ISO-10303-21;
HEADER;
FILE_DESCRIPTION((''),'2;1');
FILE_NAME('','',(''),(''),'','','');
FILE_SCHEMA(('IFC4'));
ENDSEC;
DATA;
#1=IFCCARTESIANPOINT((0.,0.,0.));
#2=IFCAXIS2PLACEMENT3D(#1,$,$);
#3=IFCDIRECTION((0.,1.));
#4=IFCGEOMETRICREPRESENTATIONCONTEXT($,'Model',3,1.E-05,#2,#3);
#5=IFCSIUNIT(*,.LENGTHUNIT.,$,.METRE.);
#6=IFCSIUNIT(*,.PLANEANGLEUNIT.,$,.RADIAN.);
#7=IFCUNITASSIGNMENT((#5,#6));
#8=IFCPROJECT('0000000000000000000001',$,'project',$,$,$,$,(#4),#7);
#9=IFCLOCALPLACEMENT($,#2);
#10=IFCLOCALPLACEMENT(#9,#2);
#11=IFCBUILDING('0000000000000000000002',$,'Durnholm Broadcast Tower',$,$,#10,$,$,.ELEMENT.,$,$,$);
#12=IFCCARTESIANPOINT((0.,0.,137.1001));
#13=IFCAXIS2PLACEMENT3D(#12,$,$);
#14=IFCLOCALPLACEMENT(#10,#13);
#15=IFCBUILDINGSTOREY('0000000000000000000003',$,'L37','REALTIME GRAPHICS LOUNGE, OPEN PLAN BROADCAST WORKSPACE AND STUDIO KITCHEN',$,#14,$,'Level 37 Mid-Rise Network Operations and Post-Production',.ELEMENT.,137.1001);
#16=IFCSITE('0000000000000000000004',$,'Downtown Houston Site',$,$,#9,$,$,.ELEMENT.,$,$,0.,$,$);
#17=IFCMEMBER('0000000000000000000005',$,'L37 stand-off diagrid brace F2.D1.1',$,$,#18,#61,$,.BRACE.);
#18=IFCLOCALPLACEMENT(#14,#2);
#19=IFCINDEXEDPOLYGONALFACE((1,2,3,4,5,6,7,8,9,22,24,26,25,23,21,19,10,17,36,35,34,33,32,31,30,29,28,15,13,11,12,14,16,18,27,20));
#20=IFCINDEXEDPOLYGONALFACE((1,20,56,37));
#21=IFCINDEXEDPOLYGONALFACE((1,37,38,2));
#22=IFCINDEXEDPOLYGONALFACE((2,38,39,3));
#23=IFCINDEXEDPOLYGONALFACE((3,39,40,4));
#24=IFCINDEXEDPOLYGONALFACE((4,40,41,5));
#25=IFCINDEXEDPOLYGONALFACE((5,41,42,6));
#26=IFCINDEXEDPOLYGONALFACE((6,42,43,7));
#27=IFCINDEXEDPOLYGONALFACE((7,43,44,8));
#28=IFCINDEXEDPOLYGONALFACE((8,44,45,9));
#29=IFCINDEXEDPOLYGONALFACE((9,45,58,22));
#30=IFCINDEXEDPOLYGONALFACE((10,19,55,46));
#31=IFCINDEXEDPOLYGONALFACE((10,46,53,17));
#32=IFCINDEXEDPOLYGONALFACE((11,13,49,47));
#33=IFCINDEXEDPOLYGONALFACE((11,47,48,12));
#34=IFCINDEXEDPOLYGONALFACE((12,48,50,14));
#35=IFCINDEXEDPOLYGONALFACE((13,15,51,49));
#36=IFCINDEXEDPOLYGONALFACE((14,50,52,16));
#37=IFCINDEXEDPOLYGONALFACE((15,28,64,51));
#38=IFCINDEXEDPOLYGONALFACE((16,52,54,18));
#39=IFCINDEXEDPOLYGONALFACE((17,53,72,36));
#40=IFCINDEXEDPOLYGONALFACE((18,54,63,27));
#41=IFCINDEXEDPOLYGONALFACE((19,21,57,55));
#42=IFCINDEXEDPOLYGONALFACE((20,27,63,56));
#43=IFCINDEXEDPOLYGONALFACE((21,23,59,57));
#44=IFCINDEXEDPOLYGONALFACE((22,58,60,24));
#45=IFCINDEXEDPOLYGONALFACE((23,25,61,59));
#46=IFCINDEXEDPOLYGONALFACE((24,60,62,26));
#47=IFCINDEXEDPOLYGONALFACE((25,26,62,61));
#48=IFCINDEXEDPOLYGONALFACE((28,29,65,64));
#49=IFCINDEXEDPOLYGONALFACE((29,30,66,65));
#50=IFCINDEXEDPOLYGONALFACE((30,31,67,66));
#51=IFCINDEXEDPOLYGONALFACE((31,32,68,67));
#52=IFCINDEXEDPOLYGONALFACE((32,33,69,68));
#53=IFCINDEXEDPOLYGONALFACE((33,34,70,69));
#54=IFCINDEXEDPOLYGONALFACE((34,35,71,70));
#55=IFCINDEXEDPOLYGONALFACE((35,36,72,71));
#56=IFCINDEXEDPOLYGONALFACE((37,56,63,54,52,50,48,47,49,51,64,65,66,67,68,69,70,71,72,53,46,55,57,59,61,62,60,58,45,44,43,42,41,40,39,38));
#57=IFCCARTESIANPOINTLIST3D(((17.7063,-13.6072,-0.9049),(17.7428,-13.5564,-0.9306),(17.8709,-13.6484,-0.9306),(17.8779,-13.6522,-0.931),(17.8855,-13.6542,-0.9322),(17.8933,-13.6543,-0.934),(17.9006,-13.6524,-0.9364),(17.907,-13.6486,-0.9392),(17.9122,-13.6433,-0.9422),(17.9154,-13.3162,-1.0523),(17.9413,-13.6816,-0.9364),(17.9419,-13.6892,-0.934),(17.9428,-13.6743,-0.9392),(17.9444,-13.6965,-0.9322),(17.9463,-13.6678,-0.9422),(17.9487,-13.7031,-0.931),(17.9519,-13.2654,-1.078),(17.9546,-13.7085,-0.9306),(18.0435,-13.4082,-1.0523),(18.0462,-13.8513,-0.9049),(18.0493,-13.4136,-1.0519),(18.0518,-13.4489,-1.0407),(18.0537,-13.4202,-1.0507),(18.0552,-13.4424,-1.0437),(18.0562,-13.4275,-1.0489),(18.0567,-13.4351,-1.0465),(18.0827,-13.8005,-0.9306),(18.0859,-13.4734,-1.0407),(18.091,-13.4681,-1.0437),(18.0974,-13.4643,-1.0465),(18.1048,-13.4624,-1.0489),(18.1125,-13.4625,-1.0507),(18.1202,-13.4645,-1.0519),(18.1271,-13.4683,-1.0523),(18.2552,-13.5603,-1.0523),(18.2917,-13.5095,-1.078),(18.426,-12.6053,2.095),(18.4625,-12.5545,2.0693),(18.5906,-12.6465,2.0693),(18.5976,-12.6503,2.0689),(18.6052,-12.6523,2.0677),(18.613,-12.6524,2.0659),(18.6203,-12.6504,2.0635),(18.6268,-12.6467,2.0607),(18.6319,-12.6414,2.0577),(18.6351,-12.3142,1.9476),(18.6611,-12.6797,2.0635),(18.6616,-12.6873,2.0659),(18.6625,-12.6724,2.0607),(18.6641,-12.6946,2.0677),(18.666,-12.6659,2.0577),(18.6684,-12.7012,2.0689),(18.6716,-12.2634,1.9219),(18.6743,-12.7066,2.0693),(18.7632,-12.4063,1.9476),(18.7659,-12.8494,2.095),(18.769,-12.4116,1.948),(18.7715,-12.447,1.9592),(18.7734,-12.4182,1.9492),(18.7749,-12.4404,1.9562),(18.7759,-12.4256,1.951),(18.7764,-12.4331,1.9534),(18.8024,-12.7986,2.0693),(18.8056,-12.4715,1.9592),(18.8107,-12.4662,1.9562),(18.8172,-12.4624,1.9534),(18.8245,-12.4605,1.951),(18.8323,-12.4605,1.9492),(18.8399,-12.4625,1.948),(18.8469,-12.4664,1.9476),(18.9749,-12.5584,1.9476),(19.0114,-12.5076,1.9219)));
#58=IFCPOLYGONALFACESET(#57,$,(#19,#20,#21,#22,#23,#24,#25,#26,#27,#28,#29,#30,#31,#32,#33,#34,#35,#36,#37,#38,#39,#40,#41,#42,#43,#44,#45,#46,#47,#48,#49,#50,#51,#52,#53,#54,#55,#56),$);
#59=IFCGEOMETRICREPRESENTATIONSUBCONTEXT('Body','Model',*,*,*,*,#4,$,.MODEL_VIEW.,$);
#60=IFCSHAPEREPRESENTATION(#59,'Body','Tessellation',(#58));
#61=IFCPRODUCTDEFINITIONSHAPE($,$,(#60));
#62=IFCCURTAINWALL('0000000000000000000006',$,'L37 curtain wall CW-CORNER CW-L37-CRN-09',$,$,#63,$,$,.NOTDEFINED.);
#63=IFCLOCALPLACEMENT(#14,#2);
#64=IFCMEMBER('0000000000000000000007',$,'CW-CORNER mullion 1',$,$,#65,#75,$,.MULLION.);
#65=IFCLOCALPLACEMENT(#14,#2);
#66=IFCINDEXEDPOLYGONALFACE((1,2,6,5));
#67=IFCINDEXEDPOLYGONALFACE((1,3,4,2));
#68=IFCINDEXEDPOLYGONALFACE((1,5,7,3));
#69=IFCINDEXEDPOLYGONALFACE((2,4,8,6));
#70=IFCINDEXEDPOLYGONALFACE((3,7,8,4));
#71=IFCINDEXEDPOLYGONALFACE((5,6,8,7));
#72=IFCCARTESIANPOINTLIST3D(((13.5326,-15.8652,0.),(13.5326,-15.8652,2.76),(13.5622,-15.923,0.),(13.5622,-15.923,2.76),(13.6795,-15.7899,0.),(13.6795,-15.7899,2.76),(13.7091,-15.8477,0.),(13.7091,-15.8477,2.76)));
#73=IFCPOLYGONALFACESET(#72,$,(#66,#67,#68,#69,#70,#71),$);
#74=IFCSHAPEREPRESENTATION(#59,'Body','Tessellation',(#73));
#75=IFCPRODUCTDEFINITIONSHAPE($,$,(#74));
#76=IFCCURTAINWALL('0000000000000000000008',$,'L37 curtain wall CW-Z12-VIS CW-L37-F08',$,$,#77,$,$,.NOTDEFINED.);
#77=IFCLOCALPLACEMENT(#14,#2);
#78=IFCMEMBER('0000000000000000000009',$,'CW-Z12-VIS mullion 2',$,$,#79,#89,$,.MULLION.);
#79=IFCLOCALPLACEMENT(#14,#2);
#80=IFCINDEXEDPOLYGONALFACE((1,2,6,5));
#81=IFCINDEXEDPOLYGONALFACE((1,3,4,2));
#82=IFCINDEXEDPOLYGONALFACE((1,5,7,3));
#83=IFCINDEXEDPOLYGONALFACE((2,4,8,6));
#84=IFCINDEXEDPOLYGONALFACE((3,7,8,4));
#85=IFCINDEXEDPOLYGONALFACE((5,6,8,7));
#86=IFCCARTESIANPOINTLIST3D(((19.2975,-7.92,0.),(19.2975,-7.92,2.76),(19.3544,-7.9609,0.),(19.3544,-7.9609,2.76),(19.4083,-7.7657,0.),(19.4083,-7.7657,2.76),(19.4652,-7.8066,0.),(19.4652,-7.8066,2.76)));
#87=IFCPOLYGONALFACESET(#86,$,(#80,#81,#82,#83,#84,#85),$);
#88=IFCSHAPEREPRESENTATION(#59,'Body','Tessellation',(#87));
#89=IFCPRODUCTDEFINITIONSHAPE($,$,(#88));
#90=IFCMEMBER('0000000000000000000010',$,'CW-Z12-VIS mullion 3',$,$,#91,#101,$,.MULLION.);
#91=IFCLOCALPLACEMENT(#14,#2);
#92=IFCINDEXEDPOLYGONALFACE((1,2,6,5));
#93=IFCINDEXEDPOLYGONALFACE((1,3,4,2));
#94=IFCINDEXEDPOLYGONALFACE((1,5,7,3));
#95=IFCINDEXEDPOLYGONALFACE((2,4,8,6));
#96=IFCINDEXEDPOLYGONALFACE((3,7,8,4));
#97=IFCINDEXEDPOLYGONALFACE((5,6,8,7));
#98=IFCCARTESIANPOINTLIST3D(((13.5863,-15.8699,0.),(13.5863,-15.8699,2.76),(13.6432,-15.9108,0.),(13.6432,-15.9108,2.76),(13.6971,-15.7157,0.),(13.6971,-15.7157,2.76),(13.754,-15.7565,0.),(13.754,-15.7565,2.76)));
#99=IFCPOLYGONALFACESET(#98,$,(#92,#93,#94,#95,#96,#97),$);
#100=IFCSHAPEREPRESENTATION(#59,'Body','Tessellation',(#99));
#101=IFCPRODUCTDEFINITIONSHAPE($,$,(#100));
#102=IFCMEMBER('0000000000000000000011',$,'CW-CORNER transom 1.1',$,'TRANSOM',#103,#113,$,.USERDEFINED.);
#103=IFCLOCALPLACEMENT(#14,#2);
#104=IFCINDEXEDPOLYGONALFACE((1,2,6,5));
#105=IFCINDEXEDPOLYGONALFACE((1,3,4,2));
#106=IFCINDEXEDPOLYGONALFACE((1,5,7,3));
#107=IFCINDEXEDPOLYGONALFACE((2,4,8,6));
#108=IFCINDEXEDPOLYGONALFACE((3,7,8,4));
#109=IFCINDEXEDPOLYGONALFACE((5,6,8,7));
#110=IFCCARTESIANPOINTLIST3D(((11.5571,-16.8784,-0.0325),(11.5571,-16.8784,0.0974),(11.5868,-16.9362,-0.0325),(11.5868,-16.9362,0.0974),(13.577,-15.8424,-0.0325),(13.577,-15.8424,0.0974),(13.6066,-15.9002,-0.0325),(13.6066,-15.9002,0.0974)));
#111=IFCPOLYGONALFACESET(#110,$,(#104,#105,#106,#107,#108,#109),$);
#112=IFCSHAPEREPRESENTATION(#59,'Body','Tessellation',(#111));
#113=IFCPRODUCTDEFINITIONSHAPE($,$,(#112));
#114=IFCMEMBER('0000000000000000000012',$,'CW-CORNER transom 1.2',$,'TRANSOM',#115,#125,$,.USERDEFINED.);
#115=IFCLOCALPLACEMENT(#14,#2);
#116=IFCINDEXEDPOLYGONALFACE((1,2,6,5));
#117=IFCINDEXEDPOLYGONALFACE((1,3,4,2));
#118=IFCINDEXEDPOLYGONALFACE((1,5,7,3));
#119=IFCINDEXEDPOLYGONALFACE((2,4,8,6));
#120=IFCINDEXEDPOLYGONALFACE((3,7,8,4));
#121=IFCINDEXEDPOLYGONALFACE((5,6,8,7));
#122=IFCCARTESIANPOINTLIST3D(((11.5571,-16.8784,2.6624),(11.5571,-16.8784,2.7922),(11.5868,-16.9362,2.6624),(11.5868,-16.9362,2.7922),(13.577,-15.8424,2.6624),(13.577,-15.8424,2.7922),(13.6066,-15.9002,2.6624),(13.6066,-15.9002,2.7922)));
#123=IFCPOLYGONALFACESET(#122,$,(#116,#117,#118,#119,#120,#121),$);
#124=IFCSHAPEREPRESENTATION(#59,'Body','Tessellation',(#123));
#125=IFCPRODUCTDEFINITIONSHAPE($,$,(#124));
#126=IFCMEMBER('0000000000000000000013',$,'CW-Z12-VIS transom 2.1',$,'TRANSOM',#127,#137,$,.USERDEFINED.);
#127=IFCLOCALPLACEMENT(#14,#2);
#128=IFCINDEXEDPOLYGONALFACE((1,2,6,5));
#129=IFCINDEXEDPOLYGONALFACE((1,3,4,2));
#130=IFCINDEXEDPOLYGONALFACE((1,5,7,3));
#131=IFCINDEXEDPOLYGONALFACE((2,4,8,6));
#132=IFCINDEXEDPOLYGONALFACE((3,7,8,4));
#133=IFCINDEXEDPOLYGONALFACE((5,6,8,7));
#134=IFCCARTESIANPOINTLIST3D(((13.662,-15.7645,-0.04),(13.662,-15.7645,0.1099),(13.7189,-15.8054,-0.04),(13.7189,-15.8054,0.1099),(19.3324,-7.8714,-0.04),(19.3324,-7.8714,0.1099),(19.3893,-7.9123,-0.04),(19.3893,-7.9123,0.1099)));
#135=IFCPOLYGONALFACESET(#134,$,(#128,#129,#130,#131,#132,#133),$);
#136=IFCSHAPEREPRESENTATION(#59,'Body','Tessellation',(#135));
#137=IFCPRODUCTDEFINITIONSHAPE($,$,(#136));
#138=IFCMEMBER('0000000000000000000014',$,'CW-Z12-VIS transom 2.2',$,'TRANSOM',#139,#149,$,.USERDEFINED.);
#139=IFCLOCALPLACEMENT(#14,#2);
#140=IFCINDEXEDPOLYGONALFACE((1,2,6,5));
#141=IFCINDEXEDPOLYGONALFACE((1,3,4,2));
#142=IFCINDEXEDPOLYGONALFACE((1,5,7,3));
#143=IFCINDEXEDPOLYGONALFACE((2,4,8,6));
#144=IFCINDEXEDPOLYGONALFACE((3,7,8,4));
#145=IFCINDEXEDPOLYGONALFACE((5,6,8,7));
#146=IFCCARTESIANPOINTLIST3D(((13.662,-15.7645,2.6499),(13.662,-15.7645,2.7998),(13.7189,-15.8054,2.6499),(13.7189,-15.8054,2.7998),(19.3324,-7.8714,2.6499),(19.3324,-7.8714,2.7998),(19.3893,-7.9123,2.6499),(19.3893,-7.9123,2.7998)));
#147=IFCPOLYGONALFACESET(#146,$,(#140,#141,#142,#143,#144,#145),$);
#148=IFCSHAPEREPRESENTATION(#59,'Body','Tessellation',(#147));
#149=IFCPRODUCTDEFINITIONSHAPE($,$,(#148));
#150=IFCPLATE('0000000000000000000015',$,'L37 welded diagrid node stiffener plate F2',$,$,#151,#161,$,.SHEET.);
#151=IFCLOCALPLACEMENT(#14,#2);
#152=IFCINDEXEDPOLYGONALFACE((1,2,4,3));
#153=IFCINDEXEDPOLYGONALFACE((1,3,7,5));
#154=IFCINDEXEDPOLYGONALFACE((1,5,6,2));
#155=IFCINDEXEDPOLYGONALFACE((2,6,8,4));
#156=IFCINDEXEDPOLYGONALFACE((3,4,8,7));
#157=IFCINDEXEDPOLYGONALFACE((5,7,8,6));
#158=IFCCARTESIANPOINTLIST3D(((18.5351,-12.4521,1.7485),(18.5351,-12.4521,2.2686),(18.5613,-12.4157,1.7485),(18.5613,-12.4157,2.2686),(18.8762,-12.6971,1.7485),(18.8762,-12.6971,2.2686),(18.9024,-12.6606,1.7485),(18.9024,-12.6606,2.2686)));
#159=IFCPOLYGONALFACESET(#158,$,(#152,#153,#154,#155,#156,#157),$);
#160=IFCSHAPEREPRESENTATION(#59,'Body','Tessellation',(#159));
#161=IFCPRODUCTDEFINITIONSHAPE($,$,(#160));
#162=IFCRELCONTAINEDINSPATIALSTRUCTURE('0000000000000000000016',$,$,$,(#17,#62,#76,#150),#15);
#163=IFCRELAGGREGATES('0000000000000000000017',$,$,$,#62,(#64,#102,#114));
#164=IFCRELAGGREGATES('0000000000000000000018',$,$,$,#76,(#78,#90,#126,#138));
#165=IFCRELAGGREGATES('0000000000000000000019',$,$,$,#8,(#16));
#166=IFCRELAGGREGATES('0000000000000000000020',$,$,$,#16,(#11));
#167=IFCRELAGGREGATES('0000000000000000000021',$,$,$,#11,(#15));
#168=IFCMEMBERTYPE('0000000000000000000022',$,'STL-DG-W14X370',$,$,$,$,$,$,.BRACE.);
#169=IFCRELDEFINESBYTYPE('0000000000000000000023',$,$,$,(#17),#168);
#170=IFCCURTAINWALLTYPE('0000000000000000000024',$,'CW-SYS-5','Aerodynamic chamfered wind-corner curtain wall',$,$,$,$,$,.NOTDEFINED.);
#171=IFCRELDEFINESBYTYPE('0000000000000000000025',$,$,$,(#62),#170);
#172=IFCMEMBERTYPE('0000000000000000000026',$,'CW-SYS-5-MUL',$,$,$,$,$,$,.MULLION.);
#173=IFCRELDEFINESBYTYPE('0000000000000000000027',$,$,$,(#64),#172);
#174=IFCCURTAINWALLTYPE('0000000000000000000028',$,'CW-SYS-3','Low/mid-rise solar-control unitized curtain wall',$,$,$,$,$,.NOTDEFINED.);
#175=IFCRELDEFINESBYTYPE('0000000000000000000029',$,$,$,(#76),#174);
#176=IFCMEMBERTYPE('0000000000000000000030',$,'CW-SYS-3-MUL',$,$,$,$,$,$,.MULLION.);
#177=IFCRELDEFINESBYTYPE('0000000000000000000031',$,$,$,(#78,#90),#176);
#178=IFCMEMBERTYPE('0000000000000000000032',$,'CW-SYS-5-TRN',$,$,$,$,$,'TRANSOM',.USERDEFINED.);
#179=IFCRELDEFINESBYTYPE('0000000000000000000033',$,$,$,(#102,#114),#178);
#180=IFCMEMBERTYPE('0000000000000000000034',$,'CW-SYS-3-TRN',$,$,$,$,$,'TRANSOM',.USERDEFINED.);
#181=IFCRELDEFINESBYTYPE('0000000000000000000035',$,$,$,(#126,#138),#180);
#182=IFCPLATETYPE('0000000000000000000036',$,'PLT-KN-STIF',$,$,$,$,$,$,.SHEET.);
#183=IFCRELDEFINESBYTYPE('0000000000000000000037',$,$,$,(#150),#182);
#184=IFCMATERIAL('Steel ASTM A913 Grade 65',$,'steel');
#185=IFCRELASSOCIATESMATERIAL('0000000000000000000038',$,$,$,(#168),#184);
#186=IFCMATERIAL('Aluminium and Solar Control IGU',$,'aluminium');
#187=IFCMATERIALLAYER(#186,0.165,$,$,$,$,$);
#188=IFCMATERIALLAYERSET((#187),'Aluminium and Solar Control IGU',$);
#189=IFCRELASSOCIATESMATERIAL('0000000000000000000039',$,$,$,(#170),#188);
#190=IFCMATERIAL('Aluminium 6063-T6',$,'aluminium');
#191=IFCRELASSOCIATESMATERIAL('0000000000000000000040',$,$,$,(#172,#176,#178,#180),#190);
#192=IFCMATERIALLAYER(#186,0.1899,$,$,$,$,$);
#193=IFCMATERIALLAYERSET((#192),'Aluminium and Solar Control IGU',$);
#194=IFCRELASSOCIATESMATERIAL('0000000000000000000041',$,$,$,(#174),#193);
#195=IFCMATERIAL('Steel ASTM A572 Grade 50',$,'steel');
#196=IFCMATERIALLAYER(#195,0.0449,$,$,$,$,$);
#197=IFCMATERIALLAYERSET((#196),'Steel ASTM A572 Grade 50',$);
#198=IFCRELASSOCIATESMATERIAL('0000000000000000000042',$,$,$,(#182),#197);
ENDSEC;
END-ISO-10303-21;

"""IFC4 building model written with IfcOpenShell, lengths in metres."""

from ifc_helpers import new_model, si_unit, direction, frame, origin, origin_2d, place, context, subcontext, project, spatial, rectangle, i_section, extrude, source, transform, mapped, material, layer, layer_set, material_profile, profile_set, type_object, type_shapes, element, aggregate, save


model = new_model("IFC4")

# Units and contexts
model_context = context("Model", 3, precision=1e-05, world=origin(), true_north=direction((0.0, 1.0)))
body_context = subcontext(model_context, "Body", "Model", "MODEL_VIEW")
ifc_project = project(units=[si_unit("LENGTHUNIT", "METRE"), si_unit("PLANEANGLEUNIT", "RADIAN")], contexts=[model_context])

# Site, building, storey
site_placement = place(None, origin())
site = spatial("IfcSite", under=ifc_project, at=site_placement, Name="Downtown Houston Site", CompositionType="ELEMENT", RefElevation=0.0)
building_placement = place(site_placement, origin())
building = spatial("IfcBuilding", under=site, at=building_placement, Name="Durnholm Broadcast Tower", CompositionType="ELEMENT")
storey_placement = place(building_placement, frame((0.0, 0.0, 137.1001)))
storey = spatial("IfcBuildingStorey", under=building, at=storey_placement, Name="L37", Description="REALTIME GRAPHICS LOUNGE, OPEN PLAN BROADCAST WORKSPACE AND STUDIO KITCHEN", LongName="Level 37 Mid-Rise Network Operations and Post-Production", CompositionType="ELEMENT", Elevation=137.1001)

# Member
ifc_material_1 = material(Name="Steel ASTM A913 Grade 65", Category="steel")
ifc_material_profile_1 = material_profile(ifc_material_1, i_section(OverallWidth=0.4185, OverallDepth=0.4551, WebThickness=0.042, FlangeThickness=0.0676, FilletRadius=0.0305, at=origin_2d()), Name="W14X370")
ifc_profile_set_1 = profile_set([ifc_material_profile_1], Name="Steel ASTM A913 Grade 65")
member_type_1 = type_object("IfcMemberType", Name="STL-DG-W14X370", PredefinedType="BRACE", material=ifc_profile_set_1)
shared_shape_1 = source(origin(), body_context, "Body", "SweptSolid", [
    extrude(i_section(OverallWidth=0.4185, OverallDepth=0.4551, WebThickness=0.042, FlangeThickness=0.0676, FilletRadius=0.0305, at=origin_2d()), origin(), (0.0, 0.0, 1.0), 3.2437),
])
member_1_placement = place(storey_placement, frame((17.999, -13.5583, -0.9915), z_axis=(0.221881, 0.308887, 0.924855), x_axis=(-0.812179, 0.583408, 0.0)))
element("IfcMember", 1, at=member_1_placement, inside=storey, type_object=member_type_1, Name="L37 stand-off diagrid brace F2.D1.1", PredefinedType="BRACE", context=body_context, shape_type="MappedRepresentation", body=[
    mapped(shared_shape_1, transform((0.0, 0.0, 0.0), x_axis=(1.0, 0.0, 0.0), y_axis=(0.0, 1.0, 0.0), z_axis=(0.0, 0.0, 1.0), scale=1.0)),
])

# Curtain wall, member
ifc_material_2 = material(Name="Aluminium and Solar Control IGU", Category="aluminium")
ifc_layer_1 = layer(ifc_material_2, 0.165)
ifc_layer_set_1 = layer_set([ifc_layer_1], Name="Aluminium and Solar Control IGU")
curtain_wall_type_1 = type_object("IfcCurtainWallType", Name="CW-SYS-5", Description="Aerodynamic chamfered wind-corner curtain wall", PredefinedType="NOTDEFINED", material=ifc_layer_set_1)
curtain_wall_1_placement = place(storey_placement, origin())
curtain_wall_1 = element("IfcCurtainWall", 2, at=curtain_wall_1_placement, inside=storey, type_object=curtain_wall_type_1, Name="L37 curtain wall CW-CORNER CW-L37-CRN-09", PredefinedType="NOTDEFINED")
ifc_material_3 = material(Name="Aluminium 6063-T6", Category="aluminium")
ifc_material_profile_2 = material_profile(ifc_material_3, rectangle(XDim=0.0649, YDim=0.165, at=origin_2d()), Name="CWM65X165")
ifc_profile_set_2 = profile_set([ifc_material_profile_2], Name="Aluminium 6063-T6")
member_type_2 = type_object("IfcMemberType", Name="CW-SYS-5-MUL", PredefinedType="MULLION", material=ifc_profile_set_2)
shared_shape_2 = source(origin(), body_context, "Body", "SweptSolid", [
    extrude(rectangle(XDim=0.0649, YDim=0.165, at=origin_2d()), origin(), (0.0, 0.0, 1.0), 2.76),
])
type_shapes(member_type_2, [shared_shape_2])
member_2_placement = place(storey_placement, frame((13.6208, -15.8564, 0.0), z_axis=(0.0, 0.0, 1.0), x_axis=(0.456373, -0.889788, 0.0)))
member_2 = element("IfcMember", 3, at=member_2_placement, type_object=member_type_2, Name="CW-CORNER mullion 1", PredefinedType="MULLION", context=body_context, shape_type="MappedRepresentation", body=[
    mapped(shared_shape_2, transform((0.0, 0.0, 0.0), x_axis=(1.0, 0.0, 0.0), y_axis=(0.0, 1.0, 0.0), z_axis=(0.0, 0.0, 1.0), scale=1.0)),
])

# Curtain wall, members
ifc_layer_2 = layer(ifc_material_2, 0.1899)
ifc_layer_set_2 = layer_set([ifc_layer_2], Name="Aluminium and Solar Control IGU")
curtain_wall_type_2 = type_object("IfcCurtainWallType", Name="CW-SYS-3", Description="Low/mid-rise solar-control unitized curtain wall", PredefinedType="NOTDEFINED", material=ifc_layer_set_2)
curtain_wall_2_placement = place(storey_placement, origin())
curtain_wall_2 = element("IfcCurtainWall", 4, at=curtain_wall_2_placement, inside=storey, type_object=curtain_wall_type_2, Name="L37 curtain wall CW-Z12-VIS CW-L37-F08", PredefinedType="NOTDEFINED")
ifc_material_profile_3 = material_profile(ifc_material_3, rectangle(XDim=0.0701, YDim=0.1899, at=origin_2d()), Name="CWM70X190")
ifc_profile_set_3 = profile_set([ifc_material_profile_3], Name="Aluminium 6063-T6")
member_type_3 = type_object("IfcMemberType", Name="CW-SYS-3-MUL", PredefinedType="MULLION", material=ifc_profile_set_3)
shared_shape_3 = source(origin(), body_context, "Body", "SweptSolid", [
    extrude(rectangle(XDim=0.0701, YDim=0.1899, at=origin_2d()), origin(), (0.0, 0.0, 1.0), 2.76),
])
type_shapes(member_type_3, [shared_shape_3])
member_3_placement = place(storey_placement, frame((19.3813, -7.8633, 0.0), z_axis=(0.0, 0.0, 1.0), x_axis=(0.812152, -0.583445, 0.0)))
member_3 = element("IfcMember", 5, at=member_3_placement, type_object=member_type_3, Name="CW-Z12-VIS mullion 2", PredefinedType="MULLION", context=body_context, shape_type="MappedRepresentation", body=[
    mapped(shared_shape_3, transform((0.0, 0.0, 0.0), x_axis=(1.0, 0.0, 0.0), y_axis=(0.0, 1.0, 0.0), z_axis=(0.0, 0.0, 1.0), scale=1.0)),
])
member_4_placement = place(storey_placement, frame((13.6702, -15.8132, 0.0), z_axis=(0.0, 0.0, 1.0), x_axis=(0.812152, -0.583445, 0.0)))
member_4 = element("IfcMember", 6, at=member_4_placement, type_object=member_type_3, Name="CW-Z12-VIS mullion 3", PredefinedType="MULLION", context=body_context, shape_type="MappedRepresentation", body=[
    mapped(shared_shape_3, transform((0.0, 0.0, 0.0), x_axis=(1.0, 0.0, 0.0), y_axis=(0.0, 1.0, 0.0), z_axis=(0.0, 0.0, 1.0), scale=1.0)),
])

# Members
ifc_material_profile_4 = material_profile(ifc_material_3, rectangle(XDim=0.0649, YDim=0.1299, at=origin_2d()), Name="CWT65X130")
ifc_profile_set_4 = profile_set([ifc_material_profile_4], Name="Aluminium 6063-T6")
member_type_4 = type_object("IfcMemberType", Name="CW-SYS-5-TRN", ElementType="TRANSOM", PredefinedType="USERDEFINED", material=ifc_profile_set_4)
shared_shape_4 = source(origin(), body_context, "Body", "SweptSolid", [
    extrude(rectangle(XDim=0.0649, YDim=0.1299, at=origin_2d()), origin(), (0.0, 0.0, 1.0), 2.27),
])
type_shapes(member_type_4, [shared_shape_4])
member_5_placement = place(storey_placement, frame((13.5918, -15.8713, 0.0325), z_axis=(-0.889798, -0.456354, 0.0), x_axis=(0.456354, -0.889798, 0.0)))
member_5 = element("IfcMember", 7, at=member_5_placement, type_object=member_type_4, Name="CW-CORNER transom 1.1", ObjectType="TRANSOM", PredefinedType="USERDEFINED", context=body_context, shape_type="MappedRepresentation", body=[
    mapped(shared_shape_4, transform((0.0, 0.0, 0.0), x_axis=(1.0, 0.0, 0.0), y_axis=(0.0, 1.0, 0.0), z_axis=(0.0, 0.0, 1.0), scale=1.0)),
])
member_6_placement = place(storey_placement, frame((13.5918, -15.8713, 2.7273), z_axis=(-0.889798, -0.456354, 0.0), x_axis=(0.456354, -0.889798, 0.0)))
member_6 = element("IfcMember", 8, at=member_6_placement, type_object=member_type_4, Name="CW-CORNER transom 1.2", ObjectType="TRANSOM", PredefinedType="USERDEFINED", context=body_context, shape_type="MappedRepresentation", body=[
    mapped(shared_shape_4, transform((0.0, 0.0, 0.0), x_axis=(1.0, 0.0, 0.0), y_axis=(0.0, 1.0, 0.0), z_axis=(0.0, 0.0, 1.0), scale=1.0)),
])
aggregate(curtain_wall_1, [member_2, member_5, member_6])
ifc_material_profile_5 = material_profile(ifc_material_3, rectangle(XDim=0.0701, YDim=0.1499, at=origin_2d()), Name="CWT70X150")
ifc_profile_set_5 = profile_set([ifc_material_profile_5], Name="Aluminium 6063-T6")
member_type_5 = type_object("IfcMemberType", Name="CW-SYS-3-TRN", ElementType="TRANSOM", PredefinedType="USERDEFINED", material=ifc_profile_set_5)
shared_shape_5 = source(origin(), body_context, "Body", "SweptSolid", [
    extrude(rectangle(XDim=0.0701, YDim=0.1499, at=origin_2d()), origin(), (0.0, 0.0, 1.0), 9.7188),
])
type_shapes(member_type_5, [shared_shape_5])
member_7_placement = place(storey_placement, frame((19.3608, -7.8918, 0.0349), z_axis=(-0.583451, -0.812149, 0.0), x_axis=(0.812149, -0.583451, 0.0)))
member_7 = element("IfcMember", 9, at=member_7_placement, type_object=member_type_5, Name="CW-Z12-VIS transom 2.1", ObjectType="TRANSOM", PredefinedType="USERDEFINED", context=body_context, shape_type="MappedRepresentation", body=[
    mapped(shared_shape_5, transform((0.0, 0.0, 0.0), x_axis=(1.0, 0.0, 0.0), y_axis=(0.0, 1.0, 0.0), z_axis=(0.0, 0.0, 1.0), scale=1.0)),
])
member_8_placement = place(storey_placement, frame((19.3608, -7.8918, 2.7249), z_axis=(-0.583451, -0.812149, 0.0), x_axis=(0.812149, -0.583451, 0.0)))
member_8 = element("IfcMember", 10, at=member_8_placement, type_object=member_type_5, Name="CW-Z12-VIS transom 2.2", ObjectType="TRANSOM", PredefinedType="USERDEFINED", context=body_context, shape_type="MappedRepresentation", body=[
    mapped(shared_shape_5, transform((0.0, 0.0, 0.0), x_axis=(1.0, 0.0, 0.0), y_axis=(0.0, 1.0, 0.0), z_axis=(0.0, 0.0, 1.0), scale=1.0)),
])

# Plate
ifc_material_4 = material(Name="Steel ASTM A572 Grade 50", Category="steel")
ifc_layer_3 = layer(ifc_material_4, 0.0449)
ifc_layer_set_3 = layer_set([ifc_layer_3], Name="Steel ASTM A572 Grade 50")
plate_type_1 = type_object("IfcPlateType", Name="PLT-KN-STIF", PredefinedType="SHEET", material=ifc_layer_set_3)
shared_shape_6 = source(origin(), body_context, "Body", "SweptSolid", [
    extrude(rectangle(XDim=0.0449, YDim=0.4199, at=origin_2d()), origin(), (0.0, 0.0, 1.0), 0.52),
])
type_shapes(plate_type_1, [shared_shape_6])
plate_1_placement = place(storey_placement, frame((18.7188, -12.5564, 1.7485), z_axis=(0.0, 0.0, 1.0), x_axis=(0.583399, 0.812185, 0.0)))
element("IfcPlate", 11, at=plate_1_placement, inside=storey, type_object=plate_type_1, Name="L37 welded diagrid node stiffener plate F2", PredefinedType="SHEET", context=body_context, shape_type="MappedRepresentation", body=[
    mapped(shared_shape_6, transform((0.0, 0.0, 0.0), x_axis=(1.0, 0.0, 0.0), y_axis=(0.0, 1.0, 0.0), z_axis=(0.0, 0.0, 1.0), scale=1.0)),
])

aggregate(curtain_wall_2, [member_3, member_4, member_7, member_8])

save(model, "model.ifc")
